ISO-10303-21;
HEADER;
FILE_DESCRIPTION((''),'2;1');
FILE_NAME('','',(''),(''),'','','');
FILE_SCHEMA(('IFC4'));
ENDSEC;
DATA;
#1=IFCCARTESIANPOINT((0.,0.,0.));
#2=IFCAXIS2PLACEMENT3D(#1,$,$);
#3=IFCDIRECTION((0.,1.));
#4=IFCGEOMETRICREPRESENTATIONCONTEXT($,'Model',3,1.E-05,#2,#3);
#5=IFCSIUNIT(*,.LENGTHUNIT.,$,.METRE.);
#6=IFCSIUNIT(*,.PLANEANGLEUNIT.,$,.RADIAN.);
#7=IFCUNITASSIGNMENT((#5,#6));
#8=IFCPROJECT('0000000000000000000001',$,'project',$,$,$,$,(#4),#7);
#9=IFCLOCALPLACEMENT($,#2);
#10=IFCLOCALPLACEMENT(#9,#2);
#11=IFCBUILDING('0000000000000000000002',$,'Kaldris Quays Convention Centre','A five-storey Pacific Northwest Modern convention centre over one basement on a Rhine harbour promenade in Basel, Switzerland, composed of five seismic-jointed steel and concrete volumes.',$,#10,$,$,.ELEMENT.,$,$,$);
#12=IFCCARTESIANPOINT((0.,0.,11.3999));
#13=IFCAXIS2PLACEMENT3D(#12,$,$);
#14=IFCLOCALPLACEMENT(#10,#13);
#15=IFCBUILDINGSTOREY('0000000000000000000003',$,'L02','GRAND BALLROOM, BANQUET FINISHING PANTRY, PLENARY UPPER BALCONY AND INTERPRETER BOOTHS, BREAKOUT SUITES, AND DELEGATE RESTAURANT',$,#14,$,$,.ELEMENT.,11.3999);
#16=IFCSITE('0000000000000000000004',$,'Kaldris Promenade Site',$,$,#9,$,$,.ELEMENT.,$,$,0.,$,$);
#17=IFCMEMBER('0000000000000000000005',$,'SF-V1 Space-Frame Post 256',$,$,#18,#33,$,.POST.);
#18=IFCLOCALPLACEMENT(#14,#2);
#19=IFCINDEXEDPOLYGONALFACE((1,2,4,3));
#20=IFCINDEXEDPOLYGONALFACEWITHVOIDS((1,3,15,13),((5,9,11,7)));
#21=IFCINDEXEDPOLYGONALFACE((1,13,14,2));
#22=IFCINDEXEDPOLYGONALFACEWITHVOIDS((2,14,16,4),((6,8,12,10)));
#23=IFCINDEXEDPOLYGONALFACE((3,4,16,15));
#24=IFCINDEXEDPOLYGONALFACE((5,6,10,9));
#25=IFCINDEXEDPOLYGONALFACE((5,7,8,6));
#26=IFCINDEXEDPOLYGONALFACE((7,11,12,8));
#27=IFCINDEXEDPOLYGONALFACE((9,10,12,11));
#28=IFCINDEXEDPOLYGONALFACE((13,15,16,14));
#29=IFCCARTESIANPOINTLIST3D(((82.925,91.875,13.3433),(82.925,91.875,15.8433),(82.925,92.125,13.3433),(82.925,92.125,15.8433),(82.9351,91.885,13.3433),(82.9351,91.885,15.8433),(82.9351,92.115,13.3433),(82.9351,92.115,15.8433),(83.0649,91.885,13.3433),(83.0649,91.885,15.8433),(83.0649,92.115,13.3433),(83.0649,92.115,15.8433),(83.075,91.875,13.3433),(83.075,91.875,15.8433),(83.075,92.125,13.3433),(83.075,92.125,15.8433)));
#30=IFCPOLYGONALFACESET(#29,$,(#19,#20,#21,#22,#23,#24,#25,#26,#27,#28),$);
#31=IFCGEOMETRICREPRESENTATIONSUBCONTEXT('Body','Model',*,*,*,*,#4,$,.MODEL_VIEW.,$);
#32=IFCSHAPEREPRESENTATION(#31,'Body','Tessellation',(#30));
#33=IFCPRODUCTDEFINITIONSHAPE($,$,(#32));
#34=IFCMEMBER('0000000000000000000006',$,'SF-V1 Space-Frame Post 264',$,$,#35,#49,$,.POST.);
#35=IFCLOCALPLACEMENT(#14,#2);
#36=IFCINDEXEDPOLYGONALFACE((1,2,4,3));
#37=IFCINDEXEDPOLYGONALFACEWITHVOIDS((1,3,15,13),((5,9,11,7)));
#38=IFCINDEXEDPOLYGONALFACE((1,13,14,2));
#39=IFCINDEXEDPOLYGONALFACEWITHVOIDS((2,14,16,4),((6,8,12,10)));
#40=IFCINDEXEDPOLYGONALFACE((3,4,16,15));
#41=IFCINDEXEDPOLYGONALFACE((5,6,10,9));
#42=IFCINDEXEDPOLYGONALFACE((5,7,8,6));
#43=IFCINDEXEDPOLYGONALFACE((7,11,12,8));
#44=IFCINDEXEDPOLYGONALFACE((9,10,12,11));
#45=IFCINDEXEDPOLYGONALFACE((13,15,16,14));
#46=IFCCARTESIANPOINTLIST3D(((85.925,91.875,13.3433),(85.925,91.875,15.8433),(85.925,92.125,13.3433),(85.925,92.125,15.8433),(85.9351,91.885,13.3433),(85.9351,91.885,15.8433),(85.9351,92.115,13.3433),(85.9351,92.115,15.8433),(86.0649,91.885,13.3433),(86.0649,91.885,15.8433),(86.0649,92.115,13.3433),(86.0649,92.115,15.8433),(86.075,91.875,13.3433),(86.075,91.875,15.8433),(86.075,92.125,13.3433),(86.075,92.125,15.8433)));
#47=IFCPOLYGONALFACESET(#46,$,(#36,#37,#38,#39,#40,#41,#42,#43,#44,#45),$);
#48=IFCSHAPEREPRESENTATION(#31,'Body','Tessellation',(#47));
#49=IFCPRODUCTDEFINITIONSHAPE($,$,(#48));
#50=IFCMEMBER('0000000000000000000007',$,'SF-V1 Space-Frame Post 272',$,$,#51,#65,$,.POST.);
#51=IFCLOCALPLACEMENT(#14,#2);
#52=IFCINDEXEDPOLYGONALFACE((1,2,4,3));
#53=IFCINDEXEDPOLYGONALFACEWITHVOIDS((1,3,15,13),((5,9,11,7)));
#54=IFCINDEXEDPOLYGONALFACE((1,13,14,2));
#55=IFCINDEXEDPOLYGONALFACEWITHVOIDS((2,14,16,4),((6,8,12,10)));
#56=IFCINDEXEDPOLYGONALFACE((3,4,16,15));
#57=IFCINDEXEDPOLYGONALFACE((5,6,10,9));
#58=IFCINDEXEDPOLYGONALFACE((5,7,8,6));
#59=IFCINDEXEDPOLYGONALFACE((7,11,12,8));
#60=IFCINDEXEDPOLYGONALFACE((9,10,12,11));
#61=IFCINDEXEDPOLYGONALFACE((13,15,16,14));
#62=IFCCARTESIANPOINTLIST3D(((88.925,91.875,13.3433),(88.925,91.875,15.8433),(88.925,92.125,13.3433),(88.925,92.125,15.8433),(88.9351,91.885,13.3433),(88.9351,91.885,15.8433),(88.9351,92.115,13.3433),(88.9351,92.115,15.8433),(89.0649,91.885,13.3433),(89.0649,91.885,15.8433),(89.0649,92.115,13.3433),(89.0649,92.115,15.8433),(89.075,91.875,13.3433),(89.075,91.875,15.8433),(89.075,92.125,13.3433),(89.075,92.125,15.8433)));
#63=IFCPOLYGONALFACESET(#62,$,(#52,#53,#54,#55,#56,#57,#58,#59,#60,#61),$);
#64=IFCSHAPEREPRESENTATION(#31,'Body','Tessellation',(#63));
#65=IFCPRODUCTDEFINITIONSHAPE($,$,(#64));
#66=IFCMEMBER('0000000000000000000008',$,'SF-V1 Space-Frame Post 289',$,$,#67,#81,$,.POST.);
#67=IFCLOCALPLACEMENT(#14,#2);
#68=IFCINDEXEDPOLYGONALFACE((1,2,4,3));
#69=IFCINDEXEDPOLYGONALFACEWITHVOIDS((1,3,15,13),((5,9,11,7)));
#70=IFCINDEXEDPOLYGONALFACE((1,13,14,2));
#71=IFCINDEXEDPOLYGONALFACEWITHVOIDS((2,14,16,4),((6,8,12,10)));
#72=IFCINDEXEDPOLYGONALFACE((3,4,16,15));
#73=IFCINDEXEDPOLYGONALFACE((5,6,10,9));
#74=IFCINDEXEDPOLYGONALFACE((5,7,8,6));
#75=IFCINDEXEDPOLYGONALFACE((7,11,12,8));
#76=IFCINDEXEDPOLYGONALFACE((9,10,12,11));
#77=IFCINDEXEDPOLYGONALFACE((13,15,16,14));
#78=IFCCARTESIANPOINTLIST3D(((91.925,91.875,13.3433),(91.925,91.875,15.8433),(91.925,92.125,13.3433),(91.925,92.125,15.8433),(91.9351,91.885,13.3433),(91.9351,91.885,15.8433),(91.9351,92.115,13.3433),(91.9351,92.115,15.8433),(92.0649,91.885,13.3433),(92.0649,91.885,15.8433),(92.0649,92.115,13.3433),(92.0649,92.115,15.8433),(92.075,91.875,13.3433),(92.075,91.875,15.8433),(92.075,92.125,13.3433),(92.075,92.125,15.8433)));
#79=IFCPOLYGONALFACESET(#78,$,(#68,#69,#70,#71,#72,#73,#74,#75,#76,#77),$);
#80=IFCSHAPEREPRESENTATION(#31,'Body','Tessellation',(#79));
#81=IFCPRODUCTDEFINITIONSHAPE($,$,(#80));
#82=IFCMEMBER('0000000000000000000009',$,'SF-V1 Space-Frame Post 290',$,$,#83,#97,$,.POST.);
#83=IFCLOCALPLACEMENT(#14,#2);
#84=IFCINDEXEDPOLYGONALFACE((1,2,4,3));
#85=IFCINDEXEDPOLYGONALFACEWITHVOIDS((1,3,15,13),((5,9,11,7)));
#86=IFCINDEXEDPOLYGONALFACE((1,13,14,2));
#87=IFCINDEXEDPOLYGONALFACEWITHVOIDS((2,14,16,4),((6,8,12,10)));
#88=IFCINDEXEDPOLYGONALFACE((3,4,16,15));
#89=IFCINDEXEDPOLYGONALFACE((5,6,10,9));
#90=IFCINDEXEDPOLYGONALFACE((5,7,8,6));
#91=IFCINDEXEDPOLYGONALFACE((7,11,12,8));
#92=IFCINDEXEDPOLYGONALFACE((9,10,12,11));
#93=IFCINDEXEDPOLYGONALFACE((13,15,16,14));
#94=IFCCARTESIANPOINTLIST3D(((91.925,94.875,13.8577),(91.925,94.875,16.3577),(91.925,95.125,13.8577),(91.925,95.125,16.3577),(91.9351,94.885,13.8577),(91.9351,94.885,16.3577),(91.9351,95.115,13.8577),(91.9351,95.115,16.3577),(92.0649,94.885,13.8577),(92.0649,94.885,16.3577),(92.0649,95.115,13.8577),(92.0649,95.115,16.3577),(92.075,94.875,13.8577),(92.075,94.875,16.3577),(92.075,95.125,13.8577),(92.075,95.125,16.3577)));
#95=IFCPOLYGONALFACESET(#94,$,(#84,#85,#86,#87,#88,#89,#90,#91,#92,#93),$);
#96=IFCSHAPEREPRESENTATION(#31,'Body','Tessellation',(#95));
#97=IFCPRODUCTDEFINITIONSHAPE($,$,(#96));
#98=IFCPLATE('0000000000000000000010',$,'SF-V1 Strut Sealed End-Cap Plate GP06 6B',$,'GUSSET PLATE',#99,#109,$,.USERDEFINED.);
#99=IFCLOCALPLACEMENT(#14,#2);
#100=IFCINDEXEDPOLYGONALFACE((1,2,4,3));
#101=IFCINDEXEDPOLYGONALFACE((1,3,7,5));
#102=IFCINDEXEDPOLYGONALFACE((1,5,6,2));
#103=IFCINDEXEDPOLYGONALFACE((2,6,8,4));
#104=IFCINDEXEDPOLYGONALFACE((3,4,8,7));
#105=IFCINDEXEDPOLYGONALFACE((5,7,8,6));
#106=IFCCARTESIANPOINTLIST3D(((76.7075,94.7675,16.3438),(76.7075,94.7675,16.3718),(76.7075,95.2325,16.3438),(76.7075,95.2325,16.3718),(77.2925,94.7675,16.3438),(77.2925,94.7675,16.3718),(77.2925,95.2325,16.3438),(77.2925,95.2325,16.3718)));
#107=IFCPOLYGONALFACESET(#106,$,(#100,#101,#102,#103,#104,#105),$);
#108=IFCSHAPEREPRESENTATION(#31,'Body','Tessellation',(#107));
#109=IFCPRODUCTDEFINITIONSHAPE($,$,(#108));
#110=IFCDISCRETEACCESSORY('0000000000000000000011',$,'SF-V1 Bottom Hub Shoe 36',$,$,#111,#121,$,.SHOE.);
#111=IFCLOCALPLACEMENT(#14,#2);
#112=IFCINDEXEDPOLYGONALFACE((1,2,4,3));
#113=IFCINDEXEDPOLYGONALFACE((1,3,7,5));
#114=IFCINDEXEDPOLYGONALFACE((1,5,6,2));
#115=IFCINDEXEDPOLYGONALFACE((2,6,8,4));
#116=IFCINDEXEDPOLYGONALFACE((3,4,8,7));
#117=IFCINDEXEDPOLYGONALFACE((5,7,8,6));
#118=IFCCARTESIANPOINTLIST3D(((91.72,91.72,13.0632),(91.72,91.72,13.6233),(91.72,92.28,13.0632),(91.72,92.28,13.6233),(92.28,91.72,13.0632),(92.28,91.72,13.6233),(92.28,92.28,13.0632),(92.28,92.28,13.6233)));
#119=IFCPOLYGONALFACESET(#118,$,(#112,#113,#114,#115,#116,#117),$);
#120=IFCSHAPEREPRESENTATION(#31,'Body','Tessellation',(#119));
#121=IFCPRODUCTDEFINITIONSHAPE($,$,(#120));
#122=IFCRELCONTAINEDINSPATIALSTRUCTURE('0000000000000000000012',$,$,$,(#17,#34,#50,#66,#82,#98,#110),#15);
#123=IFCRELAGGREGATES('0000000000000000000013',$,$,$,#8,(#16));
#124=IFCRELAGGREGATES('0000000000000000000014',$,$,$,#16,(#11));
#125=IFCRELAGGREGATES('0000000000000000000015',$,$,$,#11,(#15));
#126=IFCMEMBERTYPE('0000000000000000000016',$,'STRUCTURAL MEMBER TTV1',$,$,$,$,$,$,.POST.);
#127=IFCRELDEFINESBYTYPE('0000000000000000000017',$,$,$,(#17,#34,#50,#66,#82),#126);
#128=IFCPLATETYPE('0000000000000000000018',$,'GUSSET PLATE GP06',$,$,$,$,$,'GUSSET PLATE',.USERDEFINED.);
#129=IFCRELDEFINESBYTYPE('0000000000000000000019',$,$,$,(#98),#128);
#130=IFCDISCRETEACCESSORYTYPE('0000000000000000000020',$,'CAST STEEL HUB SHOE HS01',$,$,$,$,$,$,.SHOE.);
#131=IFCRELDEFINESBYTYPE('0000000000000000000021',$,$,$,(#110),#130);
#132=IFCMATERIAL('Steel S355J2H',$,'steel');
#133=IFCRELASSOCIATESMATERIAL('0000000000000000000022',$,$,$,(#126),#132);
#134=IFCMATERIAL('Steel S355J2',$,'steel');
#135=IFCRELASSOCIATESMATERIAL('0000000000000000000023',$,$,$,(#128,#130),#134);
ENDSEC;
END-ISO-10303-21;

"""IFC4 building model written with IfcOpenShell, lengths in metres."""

from ifc_helpers import new_model, si_unit, direction, frame, origin, origin_2d, place, context, subcontext, project, spatial, rectangle, hollow_rectangle, extrude, material, material_profile, profile_set, type_object, element, save


model = new_model("IFC4")

# Units and contexts
model_context = context("Model", 3, precision=1e-05, world=origin(), true_north=direction((0.0, 1.0)))
body_context = subcontext(model_context, "Body", "Model", "MODEL_VIEW")
ifc_project = project(units=[si_unit("LENGTHUNIT", "METRE"), si_unit("PLANEANGLEUNIT", "RADIAN")], contexts=[model_context])

# Site, building, storey
site_placement = place(None, origin())
site = spatial("IfcSite", under=ifc_project, at=site_placement, Name="Kaldris Promenade Site", CompositionType="ELEMENT", RefElevation=0.0)
building_placement = place(site_placement, origin())
building = spatial("IfcBuilding", under=site, at=building_placement, Name="Kaldris Quays Convention Centre", Description="A five-storey Pacific Northwest Modern convention centre over one basement on a Rhine harbour promenade in Basel, Switzerland, composed of five seismic-jointed steel and concrete volumes.", CompositionType="ELEMENT")
storey_placement = place(building_placement, frame((0.0, 0.0, 11.3999)))
storey = spatial("IfcBuildingStorey", under=building, at=storey_placement, Name="L02", Description="GRAND BALLROOM, BANQUET FINISHING PANTRY, PLENARY UPPER BALCONY AND INTERPRETER BOOTHS, BREAKOUT SUITES, AND DELEGATE RESTAURANT", CompositionType="ELEMENT", Elevation=11.3999)

# Members
ifc_material_1 = material(Name="Steel S355J2H", Category="steel")
ifc_material_profile_1 = material_profile(ifc_material_1, hollow_rectangle(XDim=0.1499, YDim=0.25, WallThickness=0.01, at=origin_2d()), Name="RHS 250x150x10")
ifc_profile_set_1 = profile_set([ifc_material_profile_1], Name="Steel S355J2H")
member_type_1 = type_object("IfcMemberType", Name="STRUCTURAL MEMBER TTV1", PredefinedType="POST", material=ifc_profile_set_1)
for number, where, z_axis, x_axis, name in (
    (1, (83.0, 92.0, 13.3433), (0.0, 0.0, 1.0), (1.0, 0.0, 0.0), "SF-V1 Space-Frame Post 256"),
    (2, (86.0, 92.0, 13.3433), (0.0, 0.0, 1.0), (1.0, 0.0, 0.0), "SF-V1 Space-Frame Post 264"),
    (3, (89.0, 92.0, 13.3433), (0.0, 0.0, 1.0), (1.0, 0.0, 0.0), "SF-V1 Space-Frame Post 272"),
    (4, (92.0, 92.0, 13.3433), (0.0, 0.0, 1.0), (1.0, 0.0, 0.0), "SF-V1 Space-Frame Post 289"),
    (5, (92.0, 95.0, 13.8577), (0.0, 0.0, 1.0), (1.0, 0.0, 0.0), "SF-V1 Space-Frame Post 290"),
):
    element("IfcMember", number, at=place(storey_placement, frame(where, z_axis=z_axis, x_axis=x_axis)), inside=storey, type_object=member_type_1, Name=name, PredefinedType="POST", context=body_context, shape_type="SweptSolid", body=[
        extrude(hollow_rectangle(XDim=0.1499, YDim=0.25, WallThickness=0.01, at=origin_2d()), origin(), (0.0, 0.0, 1.0), 2.5),
    ])

# Plate
ifc_material_2 = material(Name="Steel S355J2", Category="steel")
plate_type = type_object("IfcPlateType", Name="GUSSET PLATE GP06", ElementType="GUSSET PLATE", PredefinedType="USERDEFINED", material=ifc_material_2)
plate_placement = place(storey_placement, frame((77.0, 95.0, 16.3438), z_axis=(0.0, 0.0, 1.0), x_axis=(1.0, 0.0, 0.0)))
element("IfcPlate", 6, at=plate_placement, inside=storey, type_object=plate_type, Name="SF-V1 Strut Sealed End-Cap Plate GP06 6B", ObjectType="GUSSET PLATE", PredefinedType="USERDEFINED", context=body_context, shape_type="SweptSolid", body=[
    extrude(rectangle(XDim=0.585, YDim=0.4651, at=origin_2d()), origin(), (0.0, 0.0, 1.0), 0.0281),
])

# Discrete accessory
discrete_accessory_type = type_object("IfcDiscreteAccessoryType", Name="CAST STEEL HUB SHOE HS01", PredefinedType="SHOE", material=ifc_material_2)
discrete_accessory_placement = place(storey_placement, frame((92.0, 92.0, 13.0632), z_axis=(0.0, 0.0, 1.0), x_axis=(1.0, 0.0, 0.0)))
element("IfcDiscreteAccessory", 7, at=discrete_accessory_placement, inside=storey, type_object=discrete_accessory_type, Name="SF-V1 Bottom Hub Shoe 36", PredefinedType="SHOE", context=body_context, shape_type="SweptSolid", body=[
    extrude(rectangle(XDim=0.5601, YDim=0.5601, at=origin_2d()), origin(), (0.0, 0.0, 1.0), 0.5601),
])

save(model, "model.ifc")
